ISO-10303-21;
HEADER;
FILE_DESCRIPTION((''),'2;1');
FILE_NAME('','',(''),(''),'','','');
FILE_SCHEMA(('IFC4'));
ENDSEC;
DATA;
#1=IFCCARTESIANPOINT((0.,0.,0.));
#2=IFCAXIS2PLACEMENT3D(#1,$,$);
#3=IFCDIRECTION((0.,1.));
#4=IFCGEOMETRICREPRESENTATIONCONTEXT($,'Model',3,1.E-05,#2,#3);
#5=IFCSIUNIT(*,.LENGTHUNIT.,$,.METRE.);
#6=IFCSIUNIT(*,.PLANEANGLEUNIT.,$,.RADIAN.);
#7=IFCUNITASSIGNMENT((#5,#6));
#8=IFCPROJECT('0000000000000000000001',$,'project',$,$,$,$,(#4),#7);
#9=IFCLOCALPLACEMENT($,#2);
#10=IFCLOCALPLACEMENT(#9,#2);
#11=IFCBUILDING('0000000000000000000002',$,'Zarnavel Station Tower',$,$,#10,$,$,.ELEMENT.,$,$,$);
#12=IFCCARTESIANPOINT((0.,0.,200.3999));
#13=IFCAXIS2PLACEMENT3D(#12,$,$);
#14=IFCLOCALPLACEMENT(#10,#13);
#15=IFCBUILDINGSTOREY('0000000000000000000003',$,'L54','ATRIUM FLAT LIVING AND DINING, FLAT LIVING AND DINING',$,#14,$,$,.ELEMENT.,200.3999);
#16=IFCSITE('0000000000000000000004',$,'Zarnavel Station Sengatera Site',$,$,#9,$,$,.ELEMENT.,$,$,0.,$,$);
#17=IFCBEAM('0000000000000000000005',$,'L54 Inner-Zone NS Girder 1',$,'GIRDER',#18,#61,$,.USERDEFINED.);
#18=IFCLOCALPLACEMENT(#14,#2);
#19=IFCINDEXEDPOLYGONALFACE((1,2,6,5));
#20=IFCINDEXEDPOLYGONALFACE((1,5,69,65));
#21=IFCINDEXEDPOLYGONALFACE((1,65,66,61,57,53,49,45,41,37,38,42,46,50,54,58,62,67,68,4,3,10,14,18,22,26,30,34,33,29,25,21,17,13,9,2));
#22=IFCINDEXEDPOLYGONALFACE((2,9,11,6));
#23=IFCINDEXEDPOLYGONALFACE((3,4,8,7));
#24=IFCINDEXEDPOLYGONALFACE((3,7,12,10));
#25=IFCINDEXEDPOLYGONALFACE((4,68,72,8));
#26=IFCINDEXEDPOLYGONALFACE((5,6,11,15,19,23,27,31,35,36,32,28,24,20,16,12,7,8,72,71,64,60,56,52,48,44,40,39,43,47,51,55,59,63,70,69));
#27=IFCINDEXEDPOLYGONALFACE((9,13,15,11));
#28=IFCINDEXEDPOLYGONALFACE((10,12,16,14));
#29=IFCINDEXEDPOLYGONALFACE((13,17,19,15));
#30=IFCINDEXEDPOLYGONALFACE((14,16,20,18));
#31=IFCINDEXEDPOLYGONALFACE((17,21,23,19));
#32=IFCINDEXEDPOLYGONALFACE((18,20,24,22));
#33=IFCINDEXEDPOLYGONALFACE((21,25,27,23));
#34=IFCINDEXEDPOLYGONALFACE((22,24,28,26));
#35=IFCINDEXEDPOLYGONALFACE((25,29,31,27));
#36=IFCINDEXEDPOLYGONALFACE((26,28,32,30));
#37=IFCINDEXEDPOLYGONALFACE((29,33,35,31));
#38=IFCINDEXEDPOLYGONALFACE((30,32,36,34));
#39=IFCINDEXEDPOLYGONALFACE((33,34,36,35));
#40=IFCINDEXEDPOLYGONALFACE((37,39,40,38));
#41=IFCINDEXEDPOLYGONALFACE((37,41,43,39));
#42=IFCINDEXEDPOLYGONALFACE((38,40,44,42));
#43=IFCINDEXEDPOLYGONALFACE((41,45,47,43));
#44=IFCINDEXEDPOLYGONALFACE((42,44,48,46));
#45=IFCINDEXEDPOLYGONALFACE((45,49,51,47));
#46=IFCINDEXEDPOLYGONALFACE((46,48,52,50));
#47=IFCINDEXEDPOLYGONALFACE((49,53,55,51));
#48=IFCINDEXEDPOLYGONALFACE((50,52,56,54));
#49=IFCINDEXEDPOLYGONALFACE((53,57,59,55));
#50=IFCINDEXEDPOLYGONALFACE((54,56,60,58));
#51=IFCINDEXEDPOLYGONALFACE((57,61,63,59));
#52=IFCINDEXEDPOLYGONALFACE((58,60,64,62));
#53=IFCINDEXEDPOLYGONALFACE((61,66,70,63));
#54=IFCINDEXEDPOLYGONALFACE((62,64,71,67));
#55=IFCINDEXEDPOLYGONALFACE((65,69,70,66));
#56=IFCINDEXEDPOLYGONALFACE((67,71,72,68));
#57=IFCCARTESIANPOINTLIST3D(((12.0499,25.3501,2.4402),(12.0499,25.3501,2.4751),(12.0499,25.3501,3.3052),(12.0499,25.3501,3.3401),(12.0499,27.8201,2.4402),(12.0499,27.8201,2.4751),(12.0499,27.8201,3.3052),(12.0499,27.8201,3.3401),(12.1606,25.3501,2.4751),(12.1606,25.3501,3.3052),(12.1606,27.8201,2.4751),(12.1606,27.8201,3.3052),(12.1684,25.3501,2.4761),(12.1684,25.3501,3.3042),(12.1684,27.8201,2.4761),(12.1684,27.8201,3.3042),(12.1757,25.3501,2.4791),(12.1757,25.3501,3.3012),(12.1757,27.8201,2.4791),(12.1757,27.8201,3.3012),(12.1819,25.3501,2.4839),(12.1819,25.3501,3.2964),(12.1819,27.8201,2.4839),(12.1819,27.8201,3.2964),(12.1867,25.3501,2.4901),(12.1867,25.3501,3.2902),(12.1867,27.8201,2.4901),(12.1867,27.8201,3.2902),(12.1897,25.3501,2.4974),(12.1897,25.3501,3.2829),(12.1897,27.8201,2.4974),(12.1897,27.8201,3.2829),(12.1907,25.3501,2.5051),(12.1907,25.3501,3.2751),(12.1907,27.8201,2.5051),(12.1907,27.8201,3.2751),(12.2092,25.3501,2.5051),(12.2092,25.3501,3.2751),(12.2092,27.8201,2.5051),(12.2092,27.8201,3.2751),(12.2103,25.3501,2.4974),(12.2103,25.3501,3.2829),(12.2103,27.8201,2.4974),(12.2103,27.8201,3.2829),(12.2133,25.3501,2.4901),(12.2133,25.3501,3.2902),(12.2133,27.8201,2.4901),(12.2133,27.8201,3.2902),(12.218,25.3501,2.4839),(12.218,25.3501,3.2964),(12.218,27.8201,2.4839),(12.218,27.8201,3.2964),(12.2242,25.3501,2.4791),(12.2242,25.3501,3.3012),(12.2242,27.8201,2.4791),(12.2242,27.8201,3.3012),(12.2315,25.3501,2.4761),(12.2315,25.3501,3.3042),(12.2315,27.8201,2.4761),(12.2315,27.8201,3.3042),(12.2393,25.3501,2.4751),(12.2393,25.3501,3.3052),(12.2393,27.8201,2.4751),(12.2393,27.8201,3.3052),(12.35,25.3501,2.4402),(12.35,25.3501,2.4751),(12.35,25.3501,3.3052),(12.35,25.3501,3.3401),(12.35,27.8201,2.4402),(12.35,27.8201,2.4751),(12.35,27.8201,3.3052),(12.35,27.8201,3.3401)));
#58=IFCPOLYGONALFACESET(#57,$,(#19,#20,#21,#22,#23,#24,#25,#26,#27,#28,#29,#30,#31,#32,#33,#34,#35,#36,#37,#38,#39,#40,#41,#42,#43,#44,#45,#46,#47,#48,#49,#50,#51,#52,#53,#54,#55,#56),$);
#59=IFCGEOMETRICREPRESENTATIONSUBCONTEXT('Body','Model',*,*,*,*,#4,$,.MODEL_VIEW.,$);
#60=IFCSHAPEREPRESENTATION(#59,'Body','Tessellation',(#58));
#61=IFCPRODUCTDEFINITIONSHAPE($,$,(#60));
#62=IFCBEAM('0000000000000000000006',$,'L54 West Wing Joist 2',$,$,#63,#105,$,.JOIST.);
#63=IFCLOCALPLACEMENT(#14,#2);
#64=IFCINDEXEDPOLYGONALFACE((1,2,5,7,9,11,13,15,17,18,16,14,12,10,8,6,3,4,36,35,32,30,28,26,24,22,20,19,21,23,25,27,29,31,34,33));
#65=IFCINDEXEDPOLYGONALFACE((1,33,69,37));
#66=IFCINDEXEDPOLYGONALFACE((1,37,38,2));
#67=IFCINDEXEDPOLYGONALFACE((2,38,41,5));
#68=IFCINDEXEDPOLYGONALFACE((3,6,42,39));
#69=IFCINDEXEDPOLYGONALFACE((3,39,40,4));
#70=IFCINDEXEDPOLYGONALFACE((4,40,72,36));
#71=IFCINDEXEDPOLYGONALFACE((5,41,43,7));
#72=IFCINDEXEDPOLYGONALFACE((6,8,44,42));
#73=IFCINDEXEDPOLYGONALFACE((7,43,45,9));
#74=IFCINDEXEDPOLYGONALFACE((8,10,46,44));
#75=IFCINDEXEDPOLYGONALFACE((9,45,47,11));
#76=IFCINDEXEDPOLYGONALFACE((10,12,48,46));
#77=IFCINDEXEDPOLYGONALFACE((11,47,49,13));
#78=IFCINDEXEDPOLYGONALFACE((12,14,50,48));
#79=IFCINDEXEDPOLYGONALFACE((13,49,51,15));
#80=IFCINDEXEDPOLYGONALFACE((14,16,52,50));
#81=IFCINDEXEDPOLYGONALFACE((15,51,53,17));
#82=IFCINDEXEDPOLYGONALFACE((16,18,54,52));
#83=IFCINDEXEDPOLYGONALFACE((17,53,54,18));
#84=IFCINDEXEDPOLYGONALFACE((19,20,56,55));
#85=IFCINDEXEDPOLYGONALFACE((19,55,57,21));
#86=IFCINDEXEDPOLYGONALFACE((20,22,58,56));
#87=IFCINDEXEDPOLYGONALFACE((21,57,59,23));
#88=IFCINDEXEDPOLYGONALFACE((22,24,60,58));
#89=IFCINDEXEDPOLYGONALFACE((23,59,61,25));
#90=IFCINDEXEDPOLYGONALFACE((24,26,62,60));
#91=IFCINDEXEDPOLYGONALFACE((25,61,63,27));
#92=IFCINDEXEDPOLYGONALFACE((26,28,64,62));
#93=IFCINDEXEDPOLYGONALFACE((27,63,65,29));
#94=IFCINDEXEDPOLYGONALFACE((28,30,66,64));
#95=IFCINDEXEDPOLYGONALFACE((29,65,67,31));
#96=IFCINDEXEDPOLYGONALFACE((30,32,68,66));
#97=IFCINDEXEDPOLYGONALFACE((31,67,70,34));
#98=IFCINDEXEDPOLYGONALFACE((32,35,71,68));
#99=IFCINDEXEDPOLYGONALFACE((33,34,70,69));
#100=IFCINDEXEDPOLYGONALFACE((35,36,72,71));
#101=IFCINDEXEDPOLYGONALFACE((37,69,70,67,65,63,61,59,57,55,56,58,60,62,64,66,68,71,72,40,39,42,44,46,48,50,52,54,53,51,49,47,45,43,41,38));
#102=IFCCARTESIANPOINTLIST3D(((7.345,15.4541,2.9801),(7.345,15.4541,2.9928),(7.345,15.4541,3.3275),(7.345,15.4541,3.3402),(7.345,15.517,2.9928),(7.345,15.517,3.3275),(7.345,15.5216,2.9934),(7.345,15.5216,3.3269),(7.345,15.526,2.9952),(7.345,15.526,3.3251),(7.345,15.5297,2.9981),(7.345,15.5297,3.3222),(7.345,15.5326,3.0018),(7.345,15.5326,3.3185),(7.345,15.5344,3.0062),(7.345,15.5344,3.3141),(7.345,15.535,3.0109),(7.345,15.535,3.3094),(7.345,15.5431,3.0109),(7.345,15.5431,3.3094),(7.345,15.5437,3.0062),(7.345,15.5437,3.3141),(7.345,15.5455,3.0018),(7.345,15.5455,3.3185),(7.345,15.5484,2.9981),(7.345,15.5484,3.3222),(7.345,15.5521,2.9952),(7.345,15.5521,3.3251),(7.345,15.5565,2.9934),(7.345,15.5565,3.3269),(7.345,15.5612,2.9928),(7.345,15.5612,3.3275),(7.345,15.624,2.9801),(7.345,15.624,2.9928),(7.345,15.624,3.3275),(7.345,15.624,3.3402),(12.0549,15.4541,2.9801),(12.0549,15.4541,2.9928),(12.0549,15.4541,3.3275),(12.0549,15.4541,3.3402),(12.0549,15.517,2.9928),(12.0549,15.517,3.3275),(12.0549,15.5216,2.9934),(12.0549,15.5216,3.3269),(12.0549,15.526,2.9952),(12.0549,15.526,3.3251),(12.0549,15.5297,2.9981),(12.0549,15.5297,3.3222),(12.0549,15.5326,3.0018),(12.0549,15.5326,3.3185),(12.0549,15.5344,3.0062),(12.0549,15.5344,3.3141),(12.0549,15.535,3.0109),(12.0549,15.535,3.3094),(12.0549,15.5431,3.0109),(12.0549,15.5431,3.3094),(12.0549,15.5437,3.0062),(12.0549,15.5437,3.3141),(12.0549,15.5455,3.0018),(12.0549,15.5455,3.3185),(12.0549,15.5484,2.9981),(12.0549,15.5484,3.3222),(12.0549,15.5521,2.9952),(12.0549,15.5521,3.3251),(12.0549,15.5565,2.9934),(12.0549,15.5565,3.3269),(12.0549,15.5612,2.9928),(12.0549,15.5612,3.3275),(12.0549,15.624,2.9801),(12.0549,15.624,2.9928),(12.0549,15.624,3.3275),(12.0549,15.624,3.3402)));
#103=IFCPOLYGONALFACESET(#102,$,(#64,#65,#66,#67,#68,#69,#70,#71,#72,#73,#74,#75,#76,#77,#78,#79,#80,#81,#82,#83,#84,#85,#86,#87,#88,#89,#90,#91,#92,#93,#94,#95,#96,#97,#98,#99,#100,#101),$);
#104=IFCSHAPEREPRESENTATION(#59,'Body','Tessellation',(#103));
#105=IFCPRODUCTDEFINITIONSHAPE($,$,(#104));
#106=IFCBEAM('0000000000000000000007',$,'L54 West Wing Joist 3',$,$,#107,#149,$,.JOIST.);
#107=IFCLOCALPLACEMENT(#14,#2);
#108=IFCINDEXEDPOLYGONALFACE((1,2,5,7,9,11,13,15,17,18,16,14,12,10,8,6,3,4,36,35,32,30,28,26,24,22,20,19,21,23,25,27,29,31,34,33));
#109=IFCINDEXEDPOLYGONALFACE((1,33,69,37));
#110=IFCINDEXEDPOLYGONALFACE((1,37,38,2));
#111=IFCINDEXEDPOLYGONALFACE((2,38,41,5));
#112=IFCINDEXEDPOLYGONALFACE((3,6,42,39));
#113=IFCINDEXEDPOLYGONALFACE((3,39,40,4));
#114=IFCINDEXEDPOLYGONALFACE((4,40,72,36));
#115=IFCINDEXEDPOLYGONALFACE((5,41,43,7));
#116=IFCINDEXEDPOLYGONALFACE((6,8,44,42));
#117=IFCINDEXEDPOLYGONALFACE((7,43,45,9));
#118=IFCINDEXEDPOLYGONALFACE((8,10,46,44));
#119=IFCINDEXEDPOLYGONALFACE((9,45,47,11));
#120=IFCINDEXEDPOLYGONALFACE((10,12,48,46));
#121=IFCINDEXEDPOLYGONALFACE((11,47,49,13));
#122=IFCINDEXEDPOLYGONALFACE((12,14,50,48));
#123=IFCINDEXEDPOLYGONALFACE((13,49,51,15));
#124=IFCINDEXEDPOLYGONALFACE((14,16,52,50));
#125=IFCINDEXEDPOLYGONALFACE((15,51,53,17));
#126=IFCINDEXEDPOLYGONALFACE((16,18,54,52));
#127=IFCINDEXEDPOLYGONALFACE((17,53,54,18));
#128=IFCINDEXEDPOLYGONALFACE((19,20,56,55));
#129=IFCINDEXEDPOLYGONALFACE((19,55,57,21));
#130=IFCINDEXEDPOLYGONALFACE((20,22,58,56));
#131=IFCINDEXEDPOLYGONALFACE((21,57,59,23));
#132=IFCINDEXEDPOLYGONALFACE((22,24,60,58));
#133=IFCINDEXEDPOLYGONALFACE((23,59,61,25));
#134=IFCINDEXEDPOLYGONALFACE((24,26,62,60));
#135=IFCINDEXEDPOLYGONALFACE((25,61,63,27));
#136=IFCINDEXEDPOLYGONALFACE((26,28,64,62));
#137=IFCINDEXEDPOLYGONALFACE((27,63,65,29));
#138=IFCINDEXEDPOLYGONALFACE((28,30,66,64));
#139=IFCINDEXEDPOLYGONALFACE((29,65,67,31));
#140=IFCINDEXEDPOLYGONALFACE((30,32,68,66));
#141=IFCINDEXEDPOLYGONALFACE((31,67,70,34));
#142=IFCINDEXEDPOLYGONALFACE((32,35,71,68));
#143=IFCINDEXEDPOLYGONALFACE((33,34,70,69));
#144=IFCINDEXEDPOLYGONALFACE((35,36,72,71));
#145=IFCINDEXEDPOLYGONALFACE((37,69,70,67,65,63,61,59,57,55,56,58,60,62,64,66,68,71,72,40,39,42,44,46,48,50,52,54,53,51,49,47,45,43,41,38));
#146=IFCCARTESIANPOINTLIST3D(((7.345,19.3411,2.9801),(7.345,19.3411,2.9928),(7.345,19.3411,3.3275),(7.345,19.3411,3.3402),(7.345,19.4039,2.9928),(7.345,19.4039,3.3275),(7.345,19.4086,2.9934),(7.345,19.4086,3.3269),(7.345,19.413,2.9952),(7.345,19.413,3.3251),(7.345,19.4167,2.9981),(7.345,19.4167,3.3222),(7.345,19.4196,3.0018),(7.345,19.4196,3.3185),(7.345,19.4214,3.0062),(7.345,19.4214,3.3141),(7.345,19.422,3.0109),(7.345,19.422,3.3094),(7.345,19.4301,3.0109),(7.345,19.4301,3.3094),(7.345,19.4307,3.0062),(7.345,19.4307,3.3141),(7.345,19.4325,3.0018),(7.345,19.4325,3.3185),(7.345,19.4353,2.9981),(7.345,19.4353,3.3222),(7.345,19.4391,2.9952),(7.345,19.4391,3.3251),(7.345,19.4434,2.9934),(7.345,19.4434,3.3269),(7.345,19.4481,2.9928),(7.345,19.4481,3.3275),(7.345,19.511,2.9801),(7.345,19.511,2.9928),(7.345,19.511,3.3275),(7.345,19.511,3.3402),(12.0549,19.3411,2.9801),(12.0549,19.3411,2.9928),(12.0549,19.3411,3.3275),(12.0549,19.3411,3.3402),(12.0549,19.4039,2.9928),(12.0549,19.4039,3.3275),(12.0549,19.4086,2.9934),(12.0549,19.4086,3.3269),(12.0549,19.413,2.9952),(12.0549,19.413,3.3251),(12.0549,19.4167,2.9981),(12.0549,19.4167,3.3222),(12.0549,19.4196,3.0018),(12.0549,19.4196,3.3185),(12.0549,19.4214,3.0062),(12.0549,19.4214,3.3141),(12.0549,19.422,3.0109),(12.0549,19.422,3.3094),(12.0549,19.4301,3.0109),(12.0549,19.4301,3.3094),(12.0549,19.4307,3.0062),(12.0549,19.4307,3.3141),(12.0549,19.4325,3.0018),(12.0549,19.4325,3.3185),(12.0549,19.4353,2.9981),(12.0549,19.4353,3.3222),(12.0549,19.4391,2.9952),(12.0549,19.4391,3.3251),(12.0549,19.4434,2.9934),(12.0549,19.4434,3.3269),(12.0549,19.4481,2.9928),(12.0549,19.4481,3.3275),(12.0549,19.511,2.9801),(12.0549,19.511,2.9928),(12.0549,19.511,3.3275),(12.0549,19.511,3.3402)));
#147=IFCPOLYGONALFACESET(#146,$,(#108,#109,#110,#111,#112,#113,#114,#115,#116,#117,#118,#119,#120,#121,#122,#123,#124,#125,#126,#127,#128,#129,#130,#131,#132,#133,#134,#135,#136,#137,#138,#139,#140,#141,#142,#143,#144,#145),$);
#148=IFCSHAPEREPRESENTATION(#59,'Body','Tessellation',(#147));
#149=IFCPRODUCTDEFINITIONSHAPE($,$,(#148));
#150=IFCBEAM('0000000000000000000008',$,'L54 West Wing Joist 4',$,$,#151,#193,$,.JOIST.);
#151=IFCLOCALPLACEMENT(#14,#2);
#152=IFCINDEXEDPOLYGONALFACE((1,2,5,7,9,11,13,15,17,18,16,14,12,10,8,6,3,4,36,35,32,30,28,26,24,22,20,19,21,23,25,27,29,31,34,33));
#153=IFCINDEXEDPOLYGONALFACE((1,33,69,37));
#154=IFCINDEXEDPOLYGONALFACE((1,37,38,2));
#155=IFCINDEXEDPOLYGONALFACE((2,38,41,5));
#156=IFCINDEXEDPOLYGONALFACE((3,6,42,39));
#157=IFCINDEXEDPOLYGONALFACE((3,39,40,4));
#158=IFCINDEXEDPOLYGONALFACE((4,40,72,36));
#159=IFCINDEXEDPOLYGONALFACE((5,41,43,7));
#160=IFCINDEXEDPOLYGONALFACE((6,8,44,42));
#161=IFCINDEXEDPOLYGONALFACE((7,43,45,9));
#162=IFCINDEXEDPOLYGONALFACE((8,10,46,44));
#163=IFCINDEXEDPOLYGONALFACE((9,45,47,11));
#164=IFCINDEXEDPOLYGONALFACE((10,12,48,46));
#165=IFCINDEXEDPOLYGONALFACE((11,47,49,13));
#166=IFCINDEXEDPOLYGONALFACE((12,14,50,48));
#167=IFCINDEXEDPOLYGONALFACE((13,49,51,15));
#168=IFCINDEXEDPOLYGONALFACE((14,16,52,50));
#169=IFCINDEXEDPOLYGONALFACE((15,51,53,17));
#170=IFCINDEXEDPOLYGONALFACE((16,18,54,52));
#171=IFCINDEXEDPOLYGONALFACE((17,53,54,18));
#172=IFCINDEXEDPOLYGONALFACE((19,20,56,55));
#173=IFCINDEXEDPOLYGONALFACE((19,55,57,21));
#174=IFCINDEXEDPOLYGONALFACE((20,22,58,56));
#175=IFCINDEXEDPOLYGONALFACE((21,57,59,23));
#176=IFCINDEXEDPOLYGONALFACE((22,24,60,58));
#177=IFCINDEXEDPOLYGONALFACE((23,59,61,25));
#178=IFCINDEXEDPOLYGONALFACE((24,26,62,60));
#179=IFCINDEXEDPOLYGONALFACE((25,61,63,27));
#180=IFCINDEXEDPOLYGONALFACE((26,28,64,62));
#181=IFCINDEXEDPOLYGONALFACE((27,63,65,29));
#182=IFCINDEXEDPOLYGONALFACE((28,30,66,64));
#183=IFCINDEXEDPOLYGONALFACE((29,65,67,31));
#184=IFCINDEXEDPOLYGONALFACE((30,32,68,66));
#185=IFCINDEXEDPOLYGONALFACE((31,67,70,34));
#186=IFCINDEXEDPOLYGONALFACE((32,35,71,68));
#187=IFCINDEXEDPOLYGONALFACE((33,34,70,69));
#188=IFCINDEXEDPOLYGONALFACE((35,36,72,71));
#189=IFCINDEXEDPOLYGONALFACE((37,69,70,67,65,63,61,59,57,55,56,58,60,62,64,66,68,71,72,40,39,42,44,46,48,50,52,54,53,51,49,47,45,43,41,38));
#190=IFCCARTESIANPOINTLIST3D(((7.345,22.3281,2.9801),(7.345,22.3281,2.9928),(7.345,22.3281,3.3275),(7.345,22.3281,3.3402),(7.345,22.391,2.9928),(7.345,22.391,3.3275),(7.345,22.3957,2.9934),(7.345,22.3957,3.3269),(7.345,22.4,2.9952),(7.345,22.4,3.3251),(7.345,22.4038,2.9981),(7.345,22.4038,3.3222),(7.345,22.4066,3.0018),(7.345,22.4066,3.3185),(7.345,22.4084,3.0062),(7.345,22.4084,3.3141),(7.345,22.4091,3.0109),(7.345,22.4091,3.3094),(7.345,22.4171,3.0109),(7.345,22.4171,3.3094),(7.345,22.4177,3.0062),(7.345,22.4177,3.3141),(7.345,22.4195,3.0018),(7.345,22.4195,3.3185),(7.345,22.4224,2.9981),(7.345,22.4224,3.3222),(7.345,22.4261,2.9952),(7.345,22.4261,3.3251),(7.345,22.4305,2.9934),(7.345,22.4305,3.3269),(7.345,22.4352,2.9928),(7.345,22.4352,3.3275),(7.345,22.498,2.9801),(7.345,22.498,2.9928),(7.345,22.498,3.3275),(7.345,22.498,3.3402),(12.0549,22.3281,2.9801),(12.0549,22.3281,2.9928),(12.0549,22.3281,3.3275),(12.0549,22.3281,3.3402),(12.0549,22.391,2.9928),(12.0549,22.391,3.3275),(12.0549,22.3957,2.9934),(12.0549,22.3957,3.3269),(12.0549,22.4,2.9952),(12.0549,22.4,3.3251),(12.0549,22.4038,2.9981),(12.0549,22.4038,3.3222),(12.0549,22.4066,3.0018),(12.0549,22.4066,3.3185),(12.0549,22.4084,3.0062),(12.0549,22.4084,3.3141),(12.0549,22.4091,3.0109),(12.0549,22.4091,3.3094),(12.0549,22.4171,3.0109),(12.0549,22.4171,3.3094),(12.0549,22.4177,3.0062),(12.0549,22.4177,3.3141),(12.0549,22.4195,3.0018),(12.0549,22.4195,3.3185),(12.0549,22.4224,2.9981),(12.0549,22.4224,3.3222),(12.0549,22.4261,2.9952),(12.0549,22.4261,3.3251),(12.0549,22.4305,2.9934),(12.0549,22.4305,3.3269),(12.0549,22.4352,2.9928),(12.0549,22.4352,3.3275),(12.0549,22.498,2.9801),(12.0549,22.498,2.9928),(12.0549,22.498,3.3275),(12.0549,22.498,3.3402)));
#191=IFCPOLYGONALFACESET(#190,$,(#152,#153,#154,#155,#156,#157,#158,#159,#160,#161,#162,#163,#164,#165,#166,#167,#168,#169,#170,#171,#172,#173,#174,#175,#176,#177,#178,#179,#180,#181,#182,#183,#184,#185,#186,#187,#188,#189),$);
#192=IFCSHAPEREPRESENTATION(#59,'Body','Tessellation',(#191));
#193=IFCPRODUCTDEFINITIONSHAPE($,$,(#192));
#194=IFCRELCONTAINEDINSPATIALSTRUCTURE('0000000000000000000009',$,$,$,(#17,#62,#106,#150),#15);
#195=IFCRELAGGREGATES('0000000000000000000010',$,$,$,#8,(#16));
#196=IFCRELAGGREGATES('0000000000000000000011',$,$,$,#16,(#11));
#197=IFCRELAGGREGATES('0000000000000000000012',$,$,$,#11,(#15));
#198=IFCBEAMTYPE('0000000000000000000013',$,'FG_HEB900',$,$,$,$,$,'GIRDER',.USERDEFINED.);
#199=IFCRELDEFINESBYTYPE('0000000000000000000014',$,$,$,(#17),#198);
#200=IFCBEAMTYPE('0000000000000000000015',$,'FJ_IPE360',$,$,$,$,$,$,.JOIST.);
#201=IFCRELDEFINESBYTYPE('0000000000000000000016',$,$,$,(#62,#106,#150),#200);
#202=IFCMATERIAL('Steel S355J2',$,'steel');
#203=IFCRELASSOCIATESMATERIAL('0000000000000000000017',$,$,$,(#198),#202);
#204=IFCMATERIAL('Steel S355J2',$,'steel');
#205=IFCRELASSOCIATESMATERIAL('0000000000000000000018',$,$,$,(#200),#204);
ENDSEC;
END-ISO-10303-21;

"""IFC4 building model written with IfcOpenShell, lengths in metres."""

from ifc_helpers import new_model, si_unit, direction, frame, origin, origin_2d, place, context, subcontext, project, spatial, i_section, extrude, material, material_profile, profile_set, type_object, element, save


model = new_model("IFC4")

# Units and contexts
model_context = context("Model", 3, precision=1e-05, world=origin(), true_north=direction((0.0, 1.0)))
body_context = subcontext(model_context, "Body", "Model", "MODEL_VIEW")
ifc_project = project(units=[si_unit("LENGTHUNIT", "METRE"), si_unit("PLANEANGLEUNIT", "RADIAN")], contexts=[model_context])

# Site, building, storey
site_placement = place(None, origin())
site = spatial("IfcSite", under=ifc_project, at=site_placement, Name="Zarnavel Station Sengatera Site", CompositionType="ELEMENT", RefElevation=0.0)
building_placement = place(site_placement, origin())
building = spatial("IfcBuilding", under=site, at=building_placement, Name="Zarnavel Station Tower", CompositionType="ELEMENT")
storey_placement = place(building_placement, frame((0.0, 0.0, 200.3999)))
storey = spatial("IfcBuildingStorey", under=building, at=storey_placement, Name="L54", Description="ATRIUM FLAT LIVING AND DINING, FLAT LIVING AND DINING", CompositionType="ELEMENT", Elevation=200.3999)

# Beams
ifc_material_1 = material(Name="Steel S355J2", Category="steel")
ifc_material_profile_1 = material_profile(ifc_material_1, i_section(OverallWidth=0.3, OverallDepth=0.8999, WebThickness=0.0186, FlangeThickness=0.0349, FilletRadius=0.03, at=origin_2d()), Name="HEB900")
ifc_profile_set_1 = profile_set([ifc_material_profile_1], Name="Steel S355J2")
beam_type_1 = type_object("IfcBeamType", Name="FG_HEB900", ElementType="GIRDER", PredefinedType="USERDEFINED", material=ifc_profile_set_1)
beam_1_placement = place(storey_placement, frame((12.2, 25.3501, 2.8901), z_axis=(0.0, 1.0, 0.0), x_axis=(-1.0, 0.0, 0.0)))
element("IfcBeam", 1, at=beam_1_placement, inside=storey, type_object=beam_type_1, Name="L54 Inner-Zone NS Girder 1", ObjectType="GIRDER", PredefinedType="USERDEFINED", context=body_context, shape_type="SweptSolid", body=[
    extrude(i_section(OverallWidth=0.3, OverallDepth=0.8999, WebThickness=0.0186, FlangeThickness=0.0349, FilletRadius=0.03, at=origin_2d()), origin(), (0.0, 0.0, 1.0), 2.47),
])
ifc_material_2 = material(Name="Steel S355J2", Category="steel")
ifc_material_profile_2 = material_profile(ifc_material_2, i_section(OverallWidth=0.1699, OverallDepth=0.3601, WebThickness=0.0081, FlangeThickness=0.0127, FilletRadius=0.0181, at=origin_2d()), Name="IPE360")
ifc_profile_set_2 = profile_set([ifc_material_profile_2], Name="Steel S355J2")
beam_type_2 = type_object("IfcBeamType", Name="FJ_IPE360", PredefinedType="JOIST", material=ifc_profile_set_2)
for number, where, z_axis, x_axis, name in (
    (2, (7.345, 15.5391, 3.1602), (1.0, 0.0, 0.0), (0.0, 1.0, 0.0), "L54 West Wing Joist 2"),
    (3, (7.345, 19.426, 3.1602), (1.0, 0.0, 0.0), (0.0, 1.0, 0.0), "L54 West Wing Joist 3"),
    (4, (7.345, 22.4131, 3.1602), (1.0, 0.0, 0.0), (0.0, 1.0, 0.0), "L54 West Wing Joist 4"),
):
    element("IfcBeam", number, at=place(storey_placement, frame(where, z_axis=z_axis, x_axis=x_axis)), inside=storey, type_object=beam_type_2, Name=name, PredefinedType="JOIST", context=body_context, shape_type="SweptSolid", body=[
        extrude(i_section(OverallWidth=0.1699, OverallDepth=0.3601, WebThickness=0.0081, FlangeThickness=0.0127, FilletRadius=0.0181, at=origin_2d()), origin(), (0.0, 0.0, 1.0), 4.71),
    ])

save(model, "model.ifc")
